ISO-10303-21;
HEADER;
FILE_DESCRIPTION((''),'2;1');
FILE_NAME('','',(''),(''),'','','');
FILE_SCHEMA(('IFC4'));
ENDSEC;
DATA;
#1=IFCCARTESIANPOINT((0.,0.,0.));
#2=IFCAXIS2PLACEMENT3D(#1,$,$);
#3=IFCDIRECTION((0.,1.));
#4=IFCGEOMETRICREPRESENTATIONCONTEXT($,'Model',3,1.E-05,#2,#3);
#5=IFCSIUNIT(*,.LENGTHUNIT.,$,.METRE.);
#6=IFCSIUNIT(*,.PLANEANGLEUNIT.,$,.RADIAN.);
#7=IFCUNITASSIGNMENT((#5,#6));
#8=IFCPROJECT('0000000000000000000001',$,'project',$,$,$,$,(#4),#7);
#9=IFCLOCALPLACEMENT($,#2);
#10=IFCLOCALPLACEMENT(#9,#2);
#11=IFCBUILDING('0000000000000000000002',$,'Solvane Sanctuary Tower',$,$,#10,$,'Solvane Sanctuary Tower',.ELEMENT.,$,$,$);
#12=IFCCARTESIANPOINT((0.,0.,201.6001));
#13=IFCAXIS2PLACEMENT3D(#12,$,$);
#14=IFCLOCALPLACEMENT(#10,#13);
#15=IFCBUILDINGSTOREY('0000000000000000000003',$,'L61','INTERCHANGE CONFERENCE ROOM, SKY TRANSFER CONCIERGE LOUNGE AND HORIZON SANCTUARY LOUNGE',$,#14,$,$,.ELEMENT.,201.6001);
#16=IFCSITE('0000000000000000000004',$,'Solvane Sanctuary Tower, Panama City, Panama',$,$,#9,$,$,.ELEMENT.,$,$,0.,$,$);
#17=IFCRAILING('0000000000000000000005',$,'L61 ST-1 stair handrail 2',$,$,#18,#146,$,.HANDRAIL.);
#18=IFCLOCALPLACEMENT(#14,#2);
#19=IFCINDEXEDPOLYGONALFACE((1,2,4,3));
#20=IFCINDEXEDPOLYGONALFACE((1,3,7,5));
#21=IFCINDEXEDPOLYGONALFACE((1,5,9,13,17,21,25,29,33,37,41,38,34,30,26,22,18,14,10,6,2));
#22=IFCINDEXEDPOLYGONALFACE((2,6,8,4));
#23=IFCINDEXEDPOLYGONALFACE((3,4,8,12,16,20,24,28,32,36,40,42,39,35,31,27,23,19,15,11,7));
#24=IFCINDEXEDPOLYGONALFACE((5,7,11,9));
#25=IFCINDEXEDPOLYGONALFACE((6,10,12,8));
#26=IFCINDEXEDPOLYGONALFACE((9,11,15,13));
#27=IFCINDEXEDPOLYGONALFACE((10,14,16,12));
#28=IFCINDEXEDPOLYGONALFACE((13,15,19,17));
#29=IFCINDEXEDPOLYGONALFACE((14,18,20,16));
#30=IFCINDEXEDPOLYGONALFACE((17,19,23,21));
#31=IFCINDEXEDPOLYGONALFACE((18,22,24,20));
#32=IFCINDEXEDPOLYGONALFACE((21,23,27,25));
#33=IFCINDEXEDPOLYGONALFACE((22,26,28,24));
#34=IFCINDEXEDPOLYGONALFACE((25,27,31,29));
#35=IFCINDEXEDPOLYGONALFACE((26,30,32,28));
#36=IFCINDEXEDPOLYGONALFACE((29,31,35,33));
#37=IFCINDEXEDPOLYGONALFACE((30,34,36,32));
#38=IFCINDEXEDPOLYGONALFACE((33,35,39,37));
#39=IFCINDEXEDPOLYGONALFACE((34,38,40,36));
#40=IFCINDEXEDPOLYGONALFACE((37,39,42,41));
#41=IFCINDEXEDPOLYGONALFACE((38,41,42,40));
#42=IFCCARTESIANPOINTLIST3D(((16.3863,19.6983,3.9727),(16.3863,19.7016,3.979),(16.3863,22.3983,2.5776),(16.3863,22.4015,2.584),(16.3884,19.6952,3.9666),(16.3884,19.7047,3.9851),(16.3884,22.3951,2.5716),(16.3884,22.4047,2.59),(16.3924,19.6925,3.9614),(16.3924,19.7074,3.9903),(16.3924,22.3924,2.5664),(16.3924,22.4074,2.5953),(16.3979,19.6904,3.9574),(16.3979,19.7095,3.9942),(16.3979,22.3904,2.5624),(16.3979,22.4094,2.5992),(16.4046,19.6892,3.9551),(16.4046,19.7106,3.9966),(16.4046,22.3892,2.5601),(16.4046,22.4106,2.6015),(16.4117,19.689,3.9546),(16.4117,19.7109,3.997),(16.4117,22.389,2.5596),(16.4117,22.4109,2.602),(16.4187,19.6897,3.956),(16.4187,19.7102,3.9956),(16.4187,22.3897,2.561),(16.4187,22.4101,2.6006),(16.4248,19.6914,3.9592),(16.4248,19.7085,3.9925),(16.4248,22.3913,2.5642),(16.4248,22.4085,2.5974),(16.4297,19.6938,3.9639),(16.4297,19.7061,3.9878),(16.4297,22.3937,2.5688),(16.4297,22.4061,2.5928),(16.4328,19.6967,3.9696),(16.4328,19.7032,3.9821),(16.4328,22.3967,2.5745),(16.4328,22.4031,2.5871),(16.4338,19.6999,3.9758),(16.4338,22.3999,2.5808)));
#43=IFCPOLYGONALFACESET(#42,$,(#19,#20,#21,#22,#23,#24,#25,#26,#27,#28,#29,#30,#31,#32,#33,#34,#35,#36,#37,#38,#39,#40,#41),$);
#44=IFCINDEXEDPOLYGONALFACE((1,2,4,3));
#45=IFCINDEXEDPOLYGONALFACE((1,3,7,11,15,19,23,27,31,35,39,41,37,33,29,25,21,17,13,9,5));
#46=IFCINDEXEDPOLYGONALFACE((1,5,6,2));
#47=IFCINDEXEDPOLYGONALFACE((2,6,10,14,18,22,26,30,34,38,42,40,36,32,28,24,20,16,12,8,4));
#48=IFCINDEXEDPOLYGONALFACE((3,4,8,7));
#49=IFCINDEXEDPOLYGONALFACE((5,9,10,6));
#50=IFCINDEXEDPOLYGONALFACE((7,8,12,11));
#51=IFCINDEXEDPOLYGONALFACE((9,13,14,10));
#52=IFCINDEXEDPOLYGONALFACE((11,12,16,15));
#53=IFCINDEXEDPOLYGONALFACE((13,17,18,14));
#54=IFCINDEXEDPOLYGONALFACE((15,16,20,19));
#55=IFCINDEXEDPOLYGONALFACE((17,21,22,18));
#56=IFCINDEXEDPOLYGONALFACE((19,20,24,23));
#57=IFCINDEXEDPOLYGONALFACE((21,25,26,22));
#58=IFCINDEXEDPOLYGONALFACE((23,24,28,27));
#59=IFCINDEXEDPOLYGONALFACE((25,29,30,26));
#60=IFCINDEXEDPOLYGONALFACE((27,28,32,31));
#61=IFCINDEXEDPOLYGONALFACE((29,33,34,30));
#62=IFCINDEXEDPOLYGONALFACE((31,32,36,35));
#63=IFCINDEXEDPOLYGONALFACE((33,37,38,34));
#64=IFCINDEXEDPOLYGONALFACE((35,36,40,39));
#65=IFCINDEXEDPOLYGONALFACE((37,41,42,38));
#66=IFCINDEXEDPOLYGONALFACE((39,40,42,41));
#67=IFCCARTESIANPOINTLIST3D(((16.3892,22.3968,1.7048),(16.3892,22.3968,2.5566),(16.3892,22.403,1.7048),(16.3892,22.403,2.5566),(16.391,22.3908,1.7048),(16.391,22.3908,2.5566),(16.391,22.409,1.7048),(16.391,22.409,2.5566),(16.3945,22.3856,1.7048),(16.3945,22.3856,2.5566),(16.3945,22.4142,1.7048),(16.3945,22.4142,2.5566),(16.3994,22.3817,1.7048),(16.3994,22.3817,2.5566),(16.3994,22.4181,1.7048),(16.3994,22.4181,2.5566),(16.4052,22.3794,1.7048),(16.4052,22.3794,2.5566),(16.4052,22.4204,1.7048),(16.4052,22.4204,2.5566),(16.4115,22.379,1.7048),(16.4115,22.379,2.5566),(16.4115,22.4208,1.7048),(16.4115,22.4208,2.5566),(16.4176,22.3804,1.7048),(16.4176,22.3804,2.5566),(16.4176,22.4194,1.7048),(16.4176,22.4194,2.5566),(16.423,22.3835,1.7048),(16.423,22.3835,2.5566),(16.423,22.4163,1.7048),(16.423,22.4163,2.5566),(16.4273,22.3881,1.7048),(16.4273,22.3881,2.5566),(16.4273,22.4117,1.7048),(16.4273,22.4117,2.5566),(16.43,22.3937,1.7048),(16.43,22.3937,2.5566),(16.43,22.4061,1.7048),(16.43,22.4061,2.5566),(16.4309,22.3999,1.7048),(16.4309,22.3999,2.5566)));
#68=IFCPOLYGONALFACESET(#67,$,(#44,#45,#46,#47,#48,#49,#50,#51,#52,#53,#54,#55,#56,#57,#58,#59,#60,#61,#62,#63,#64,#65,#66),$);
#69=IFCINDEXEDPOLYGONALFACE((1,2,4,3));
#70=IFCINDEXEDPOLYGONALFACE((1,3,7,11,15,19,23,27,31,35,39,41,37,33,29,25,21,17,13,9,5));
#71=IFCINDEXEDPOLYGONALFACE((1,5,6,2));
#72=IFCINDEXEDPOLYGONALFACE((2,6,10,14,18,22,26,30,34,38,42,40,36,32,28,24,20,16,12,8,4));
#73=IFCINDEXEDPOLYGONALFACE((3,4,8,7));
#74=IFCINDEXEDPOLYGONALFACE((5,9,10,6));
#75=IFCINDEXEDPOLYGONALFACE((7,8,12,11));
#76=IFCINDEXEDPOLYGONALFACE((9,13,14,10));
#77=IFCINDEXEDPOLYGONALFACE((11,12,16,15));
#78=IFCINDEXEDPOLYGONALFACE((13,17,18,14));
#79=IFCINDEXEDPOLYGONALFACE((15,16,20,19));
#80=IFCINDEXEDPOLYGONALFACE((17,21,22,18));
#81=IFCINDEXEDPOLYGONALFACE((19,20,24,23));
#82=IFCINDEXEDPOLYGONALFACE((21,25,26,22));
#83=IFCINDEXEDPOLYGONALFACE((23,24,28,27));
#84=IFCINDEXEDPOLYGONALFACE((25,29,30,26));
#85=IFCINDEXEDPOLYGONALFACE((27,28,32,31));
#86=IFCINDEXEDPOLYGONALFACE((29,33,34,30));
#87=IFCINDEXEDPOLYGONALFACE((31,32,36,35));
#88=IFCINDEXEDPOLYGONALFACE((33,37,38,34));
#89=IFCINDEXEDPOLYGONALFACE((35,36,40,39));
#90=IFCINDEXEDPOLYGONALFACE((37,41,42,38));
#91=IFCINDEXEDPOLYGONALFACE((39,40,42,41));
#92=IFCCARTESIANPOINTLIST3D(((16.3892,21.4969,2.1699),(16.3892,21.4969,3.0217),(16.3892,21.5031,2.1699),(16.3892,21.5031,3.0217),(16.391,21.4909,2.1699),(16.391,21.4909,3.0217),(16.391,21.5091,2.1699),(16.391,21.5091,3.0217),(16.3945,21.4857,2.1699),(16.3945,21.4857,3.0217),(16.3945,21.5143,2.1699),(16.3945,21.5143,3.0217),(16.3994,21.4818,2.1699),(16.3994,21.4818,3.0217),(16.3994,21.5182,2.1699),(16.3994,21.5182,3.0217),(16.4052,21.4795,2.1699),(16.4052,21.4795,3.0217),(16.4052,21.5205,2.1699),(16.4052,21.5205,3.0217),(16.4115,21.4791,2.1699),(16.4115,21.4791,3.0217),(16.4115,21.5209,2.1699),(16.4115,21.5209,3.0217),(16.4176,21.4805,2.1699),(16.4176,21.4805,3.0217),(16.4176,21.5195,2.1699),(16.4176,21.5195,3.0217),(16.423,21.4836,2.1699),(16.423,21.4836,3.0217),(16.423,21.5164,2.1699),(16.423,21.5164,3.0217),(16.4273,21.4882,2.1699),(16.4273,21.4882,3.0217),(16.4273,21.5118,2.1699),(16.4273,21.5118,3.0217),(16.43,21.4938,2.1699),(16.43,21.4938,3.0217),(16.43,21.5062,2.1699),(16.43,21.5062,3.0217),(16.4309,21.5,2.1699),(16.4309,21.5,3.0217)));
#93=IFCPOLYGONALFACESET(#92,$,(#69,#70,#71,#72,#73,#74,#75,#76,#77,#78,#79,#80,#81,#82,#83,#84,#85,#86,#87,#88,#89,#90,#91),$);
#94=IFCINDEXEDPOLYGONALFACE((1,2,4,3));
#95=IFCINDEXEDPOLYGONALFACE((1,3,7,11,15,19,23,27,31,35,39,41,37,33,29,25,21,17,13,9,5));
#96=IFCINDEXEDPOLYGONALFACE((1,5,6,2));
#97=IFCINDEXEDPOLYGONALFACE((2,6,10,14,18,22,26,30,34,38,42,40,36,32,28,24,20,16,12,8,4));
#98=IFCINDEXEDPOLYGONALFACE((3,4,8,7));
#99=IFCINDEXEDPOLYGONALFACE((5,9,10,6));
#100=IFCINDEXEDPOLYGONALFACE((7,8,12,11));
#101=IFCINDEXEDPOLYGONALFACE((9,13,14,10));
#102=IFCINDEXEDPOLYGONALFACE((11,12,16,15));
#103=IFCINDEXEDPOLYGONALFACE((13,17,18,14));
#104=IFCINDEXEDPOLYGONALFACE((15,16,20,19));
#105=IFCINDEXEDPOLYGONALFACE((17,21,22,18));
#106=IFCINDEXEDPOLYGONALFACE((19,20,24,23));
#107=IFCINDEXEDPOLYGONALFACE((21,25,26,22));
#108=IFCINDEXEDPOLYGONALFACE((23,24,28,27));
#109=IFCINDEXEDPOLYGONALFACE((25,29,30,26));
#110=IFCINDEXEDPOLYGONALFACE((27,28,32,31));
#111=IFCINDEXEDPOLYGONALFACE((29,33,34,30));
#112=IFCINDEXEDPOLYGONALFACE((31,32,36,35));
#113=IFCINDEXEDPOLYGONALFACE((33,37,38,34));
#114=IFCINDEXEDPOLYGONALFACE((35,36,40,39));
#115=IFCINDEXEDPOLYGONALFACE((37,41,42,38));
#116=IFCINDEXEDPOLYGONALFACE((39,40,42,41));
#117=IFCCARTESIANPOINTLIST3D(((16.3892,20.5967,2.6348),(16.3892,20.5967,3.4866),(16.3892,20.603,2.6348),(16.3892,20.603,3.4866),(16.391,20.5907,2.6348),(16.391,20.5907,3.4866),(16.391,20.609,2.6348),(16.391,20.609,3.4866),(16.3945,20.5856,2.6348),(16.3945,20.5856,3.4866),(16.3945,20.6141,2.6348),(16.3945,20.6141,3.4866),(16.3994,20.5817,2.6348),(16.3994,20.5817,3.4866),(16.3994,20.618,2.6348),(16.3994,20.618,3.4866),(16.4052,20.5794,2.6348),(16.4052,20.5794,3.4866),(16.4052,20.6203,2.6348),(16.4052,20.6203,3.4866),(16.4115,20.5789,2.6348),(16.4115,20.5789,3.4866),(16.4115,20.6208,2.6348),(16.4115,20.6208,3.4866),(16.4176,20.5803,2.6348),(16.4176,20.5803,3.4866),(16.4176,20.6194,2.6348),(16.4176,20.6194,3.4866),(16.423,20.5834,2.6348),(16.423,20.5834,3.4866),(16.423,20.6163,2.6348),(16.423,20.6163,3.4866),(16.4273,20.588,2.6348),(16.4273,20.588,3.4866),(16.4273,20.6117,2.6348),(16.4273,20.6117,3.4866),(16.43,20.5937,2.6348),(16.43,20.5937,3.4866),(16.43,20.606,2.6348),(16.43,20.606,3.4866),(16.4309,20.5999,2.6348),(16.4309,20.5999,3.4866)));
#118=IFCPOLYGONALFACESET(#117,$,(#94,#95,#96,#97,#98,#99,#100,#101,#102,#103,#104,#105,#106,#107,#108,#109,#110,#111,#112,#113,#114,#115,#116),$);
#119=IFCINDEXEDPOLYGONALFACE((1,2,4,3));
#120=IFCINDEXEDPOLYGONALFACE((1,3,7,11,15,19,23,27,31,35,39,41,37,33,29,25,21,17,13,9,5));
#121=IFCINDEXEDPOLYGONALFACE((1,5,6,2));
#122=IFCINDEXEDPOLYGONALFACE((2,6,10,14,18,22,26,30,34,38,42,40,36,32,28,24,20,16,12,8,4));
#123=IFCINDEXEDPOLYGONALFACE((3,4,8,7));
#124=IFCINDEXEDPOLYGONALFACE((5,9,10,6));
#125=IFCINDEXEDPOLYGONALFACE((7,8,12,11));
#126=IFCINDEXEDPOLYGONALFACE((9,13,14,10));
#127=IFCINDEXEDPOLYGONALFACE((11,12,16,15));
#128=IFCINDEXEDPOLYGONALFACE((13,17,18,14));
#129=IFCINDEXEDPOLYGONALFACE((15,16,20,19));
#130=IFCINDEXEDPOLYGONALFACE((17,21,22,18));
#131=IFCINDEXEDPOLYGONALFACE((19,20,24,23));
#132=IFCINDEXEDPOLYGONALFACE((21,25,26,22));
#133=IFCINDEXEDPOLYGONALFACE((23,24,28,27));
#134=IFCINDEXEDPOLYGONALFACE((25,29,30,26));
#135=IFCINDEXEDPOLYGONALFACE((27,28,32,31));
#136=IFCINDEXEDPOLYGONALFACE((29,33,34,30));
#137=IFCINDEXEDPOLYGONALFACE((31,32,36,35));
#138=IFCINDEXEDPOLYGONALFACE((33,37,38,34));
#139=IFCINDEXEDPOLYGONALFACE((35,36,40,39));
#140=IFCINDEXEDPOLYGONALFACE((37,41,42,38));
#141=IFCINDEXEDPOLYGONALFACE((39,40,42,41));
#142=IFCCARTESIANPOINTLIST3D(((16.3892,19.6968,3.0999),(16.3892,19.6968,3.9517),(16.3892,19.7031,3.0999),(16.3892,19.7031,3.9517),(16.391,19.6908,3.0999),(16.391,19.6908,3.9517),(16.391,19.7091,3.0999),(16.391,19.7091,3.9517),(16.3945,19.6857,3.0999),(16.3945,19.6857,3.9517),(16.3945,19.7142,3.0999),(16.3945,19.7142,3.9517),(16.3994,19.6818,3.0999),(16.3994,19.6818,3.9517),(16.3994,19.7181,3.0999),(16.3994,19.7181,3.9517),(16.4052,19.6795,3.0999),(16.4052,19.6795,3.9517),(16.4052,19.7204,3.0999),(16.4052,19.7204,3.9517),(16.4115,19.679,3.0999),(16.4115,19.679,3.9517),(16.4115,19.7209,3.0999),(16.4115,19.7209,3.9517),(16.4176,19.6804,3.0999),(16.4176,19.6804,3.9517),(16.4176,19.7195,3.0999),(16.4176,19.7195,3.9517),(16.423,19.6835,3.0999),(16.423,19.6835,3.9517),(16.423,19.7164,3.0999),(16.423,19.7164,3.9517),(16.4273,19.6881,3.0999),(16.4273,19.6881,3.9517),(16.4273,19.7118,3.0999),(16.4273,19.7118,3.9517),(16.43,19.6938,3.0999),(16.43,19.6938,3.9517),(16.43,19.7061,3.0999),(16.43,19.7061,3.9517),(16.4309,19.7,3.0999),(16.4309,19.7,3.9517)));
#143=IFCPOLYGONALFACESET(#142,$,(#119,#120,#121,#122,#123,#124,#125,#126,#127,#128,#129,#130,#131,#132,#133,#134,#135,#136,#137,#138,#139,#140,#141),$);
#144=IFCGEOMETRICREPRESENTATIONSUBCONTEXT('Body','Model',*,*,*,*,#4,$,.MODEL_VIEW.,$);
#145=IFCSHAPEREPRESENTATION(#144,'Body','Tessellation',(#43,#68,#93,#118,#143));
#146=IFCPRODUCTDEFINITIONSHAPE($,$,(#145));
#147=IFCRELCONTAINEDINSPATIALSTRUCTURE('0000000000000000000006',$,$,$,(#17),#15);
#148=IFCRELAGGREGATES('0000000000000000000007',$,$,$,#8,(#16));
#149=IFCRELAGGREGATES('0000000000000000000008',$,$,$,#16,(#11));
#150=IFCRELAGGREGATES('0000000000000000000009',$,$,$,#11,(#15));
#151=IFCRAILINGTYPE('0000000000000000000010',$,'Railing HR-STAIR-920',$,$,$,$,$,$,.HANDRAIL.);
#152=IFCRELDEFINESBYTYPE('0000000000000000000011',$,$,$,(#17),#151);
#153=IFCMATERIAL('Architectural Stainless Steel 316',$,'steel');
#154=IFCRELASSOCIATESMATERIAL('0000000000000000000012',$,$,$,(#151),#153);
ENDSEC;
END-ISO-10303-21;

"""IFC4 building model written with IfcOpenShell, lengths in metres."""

from ifc_helpers import new_model, si_unit, direction, frame, origin, origin_2d, place, context, subcontext, project, spatial, circle, extrude, material, type_object, element, save


model = new_model("IFC4")

# Units and contexts
model_context = context("Model", 3, precision=1e-05, world=origin(), true_north=direction((0.0, 1.0)))
body_context = subcontext(model_context, "Body", "Model", "MODEL_VIEW")
ifc_project = project(units=[si_unit("LENGTHUNIT", "METRE"), si_unit("PLANEANGLEUNIT", "RADIAN")], contexts=[model_context])

# Site, building, storey
site_placement = place(None, origin())
site = spatial("IfcSite", under=ifc_project, at=site_placement, Name="Solvane Sanctuary Tower, Panama City, Panama", CompositionType="ELEMENT", RefElevation=0.0)
building_placement = place(site_placement, origin())
building = spatial("IfcBuilding", under=site, at=building_placement, Name="Solvane Sanctuary Tower", LongName="Solvane Sanctuary Tower", CompositionType="ELEMENT")
storey_placement = place(building_placement, frame((0.0, 0.0, 201.6001)))
storey = spatial("IfcBuildingStorey", under=building, at=storey_placement, Name="L61", Description="INTERCHANGE CONFERENCE ROOM, SKY TRANSFER CONCIERGE LOUNGE AND HORIZON SANCTUARY LOUNGE", CompositionType="ELEMENT", Elevation=201.6001)

# Shared definitions
ifc_material_1 = material(Name="Architectural Stainless Steel 316", Category="steel")

# Railing
railing_type_1 = type_object("IfcRailingType", Name="Railing HR-STAIR-920", PredefinedType="HANDRAIL", material=ifc_material_1)
railing_1_placement = place(storey_placement, frame((16.4099, 22.3999, 1.7048)))
element("IfcRailing", 1, at=railing_1_placement, inside=storey, type_object=railing_type_1, Name="L61 ST-1 stair handrail 2", PredefinedType="HANDRAIL", context=body_context, shape_type="SweptSolid", body=[
    extrude(circle(Radius=0.0239, at=origin_2d()), frame((0.0, 0.0, 0.876), z_axis=(0.0, -0.88842, 0.459032), x_axis=(1.0, 0.0, 0.0)), (0.0, 0.0, 1.0), 3.0391),
    extrude(circle(Radius=0.021, at=origin_2d()), origin(), (0.0, 0.0, 1.0), 0.8518),
    extrude(circle(Radius=0.021, at=origin_2d()), frame((0.0, -0.8999, 0.4651)), (0.0, 0.0, 1.0), 0.8518),
    extrude(circle(Radius=0.021, at=origin_2d()), frame((0.0, -1.8, 0.9299)), (0.0, 0.0, 1.0), 0.8518),
    extrude(circle(Radius=0.021, at=origin_2d()), frame((0.0, -2.7, 1.395)), (0.0, 0.0, 1.0), 0.8518),
])

save(model, "model.ifc")
